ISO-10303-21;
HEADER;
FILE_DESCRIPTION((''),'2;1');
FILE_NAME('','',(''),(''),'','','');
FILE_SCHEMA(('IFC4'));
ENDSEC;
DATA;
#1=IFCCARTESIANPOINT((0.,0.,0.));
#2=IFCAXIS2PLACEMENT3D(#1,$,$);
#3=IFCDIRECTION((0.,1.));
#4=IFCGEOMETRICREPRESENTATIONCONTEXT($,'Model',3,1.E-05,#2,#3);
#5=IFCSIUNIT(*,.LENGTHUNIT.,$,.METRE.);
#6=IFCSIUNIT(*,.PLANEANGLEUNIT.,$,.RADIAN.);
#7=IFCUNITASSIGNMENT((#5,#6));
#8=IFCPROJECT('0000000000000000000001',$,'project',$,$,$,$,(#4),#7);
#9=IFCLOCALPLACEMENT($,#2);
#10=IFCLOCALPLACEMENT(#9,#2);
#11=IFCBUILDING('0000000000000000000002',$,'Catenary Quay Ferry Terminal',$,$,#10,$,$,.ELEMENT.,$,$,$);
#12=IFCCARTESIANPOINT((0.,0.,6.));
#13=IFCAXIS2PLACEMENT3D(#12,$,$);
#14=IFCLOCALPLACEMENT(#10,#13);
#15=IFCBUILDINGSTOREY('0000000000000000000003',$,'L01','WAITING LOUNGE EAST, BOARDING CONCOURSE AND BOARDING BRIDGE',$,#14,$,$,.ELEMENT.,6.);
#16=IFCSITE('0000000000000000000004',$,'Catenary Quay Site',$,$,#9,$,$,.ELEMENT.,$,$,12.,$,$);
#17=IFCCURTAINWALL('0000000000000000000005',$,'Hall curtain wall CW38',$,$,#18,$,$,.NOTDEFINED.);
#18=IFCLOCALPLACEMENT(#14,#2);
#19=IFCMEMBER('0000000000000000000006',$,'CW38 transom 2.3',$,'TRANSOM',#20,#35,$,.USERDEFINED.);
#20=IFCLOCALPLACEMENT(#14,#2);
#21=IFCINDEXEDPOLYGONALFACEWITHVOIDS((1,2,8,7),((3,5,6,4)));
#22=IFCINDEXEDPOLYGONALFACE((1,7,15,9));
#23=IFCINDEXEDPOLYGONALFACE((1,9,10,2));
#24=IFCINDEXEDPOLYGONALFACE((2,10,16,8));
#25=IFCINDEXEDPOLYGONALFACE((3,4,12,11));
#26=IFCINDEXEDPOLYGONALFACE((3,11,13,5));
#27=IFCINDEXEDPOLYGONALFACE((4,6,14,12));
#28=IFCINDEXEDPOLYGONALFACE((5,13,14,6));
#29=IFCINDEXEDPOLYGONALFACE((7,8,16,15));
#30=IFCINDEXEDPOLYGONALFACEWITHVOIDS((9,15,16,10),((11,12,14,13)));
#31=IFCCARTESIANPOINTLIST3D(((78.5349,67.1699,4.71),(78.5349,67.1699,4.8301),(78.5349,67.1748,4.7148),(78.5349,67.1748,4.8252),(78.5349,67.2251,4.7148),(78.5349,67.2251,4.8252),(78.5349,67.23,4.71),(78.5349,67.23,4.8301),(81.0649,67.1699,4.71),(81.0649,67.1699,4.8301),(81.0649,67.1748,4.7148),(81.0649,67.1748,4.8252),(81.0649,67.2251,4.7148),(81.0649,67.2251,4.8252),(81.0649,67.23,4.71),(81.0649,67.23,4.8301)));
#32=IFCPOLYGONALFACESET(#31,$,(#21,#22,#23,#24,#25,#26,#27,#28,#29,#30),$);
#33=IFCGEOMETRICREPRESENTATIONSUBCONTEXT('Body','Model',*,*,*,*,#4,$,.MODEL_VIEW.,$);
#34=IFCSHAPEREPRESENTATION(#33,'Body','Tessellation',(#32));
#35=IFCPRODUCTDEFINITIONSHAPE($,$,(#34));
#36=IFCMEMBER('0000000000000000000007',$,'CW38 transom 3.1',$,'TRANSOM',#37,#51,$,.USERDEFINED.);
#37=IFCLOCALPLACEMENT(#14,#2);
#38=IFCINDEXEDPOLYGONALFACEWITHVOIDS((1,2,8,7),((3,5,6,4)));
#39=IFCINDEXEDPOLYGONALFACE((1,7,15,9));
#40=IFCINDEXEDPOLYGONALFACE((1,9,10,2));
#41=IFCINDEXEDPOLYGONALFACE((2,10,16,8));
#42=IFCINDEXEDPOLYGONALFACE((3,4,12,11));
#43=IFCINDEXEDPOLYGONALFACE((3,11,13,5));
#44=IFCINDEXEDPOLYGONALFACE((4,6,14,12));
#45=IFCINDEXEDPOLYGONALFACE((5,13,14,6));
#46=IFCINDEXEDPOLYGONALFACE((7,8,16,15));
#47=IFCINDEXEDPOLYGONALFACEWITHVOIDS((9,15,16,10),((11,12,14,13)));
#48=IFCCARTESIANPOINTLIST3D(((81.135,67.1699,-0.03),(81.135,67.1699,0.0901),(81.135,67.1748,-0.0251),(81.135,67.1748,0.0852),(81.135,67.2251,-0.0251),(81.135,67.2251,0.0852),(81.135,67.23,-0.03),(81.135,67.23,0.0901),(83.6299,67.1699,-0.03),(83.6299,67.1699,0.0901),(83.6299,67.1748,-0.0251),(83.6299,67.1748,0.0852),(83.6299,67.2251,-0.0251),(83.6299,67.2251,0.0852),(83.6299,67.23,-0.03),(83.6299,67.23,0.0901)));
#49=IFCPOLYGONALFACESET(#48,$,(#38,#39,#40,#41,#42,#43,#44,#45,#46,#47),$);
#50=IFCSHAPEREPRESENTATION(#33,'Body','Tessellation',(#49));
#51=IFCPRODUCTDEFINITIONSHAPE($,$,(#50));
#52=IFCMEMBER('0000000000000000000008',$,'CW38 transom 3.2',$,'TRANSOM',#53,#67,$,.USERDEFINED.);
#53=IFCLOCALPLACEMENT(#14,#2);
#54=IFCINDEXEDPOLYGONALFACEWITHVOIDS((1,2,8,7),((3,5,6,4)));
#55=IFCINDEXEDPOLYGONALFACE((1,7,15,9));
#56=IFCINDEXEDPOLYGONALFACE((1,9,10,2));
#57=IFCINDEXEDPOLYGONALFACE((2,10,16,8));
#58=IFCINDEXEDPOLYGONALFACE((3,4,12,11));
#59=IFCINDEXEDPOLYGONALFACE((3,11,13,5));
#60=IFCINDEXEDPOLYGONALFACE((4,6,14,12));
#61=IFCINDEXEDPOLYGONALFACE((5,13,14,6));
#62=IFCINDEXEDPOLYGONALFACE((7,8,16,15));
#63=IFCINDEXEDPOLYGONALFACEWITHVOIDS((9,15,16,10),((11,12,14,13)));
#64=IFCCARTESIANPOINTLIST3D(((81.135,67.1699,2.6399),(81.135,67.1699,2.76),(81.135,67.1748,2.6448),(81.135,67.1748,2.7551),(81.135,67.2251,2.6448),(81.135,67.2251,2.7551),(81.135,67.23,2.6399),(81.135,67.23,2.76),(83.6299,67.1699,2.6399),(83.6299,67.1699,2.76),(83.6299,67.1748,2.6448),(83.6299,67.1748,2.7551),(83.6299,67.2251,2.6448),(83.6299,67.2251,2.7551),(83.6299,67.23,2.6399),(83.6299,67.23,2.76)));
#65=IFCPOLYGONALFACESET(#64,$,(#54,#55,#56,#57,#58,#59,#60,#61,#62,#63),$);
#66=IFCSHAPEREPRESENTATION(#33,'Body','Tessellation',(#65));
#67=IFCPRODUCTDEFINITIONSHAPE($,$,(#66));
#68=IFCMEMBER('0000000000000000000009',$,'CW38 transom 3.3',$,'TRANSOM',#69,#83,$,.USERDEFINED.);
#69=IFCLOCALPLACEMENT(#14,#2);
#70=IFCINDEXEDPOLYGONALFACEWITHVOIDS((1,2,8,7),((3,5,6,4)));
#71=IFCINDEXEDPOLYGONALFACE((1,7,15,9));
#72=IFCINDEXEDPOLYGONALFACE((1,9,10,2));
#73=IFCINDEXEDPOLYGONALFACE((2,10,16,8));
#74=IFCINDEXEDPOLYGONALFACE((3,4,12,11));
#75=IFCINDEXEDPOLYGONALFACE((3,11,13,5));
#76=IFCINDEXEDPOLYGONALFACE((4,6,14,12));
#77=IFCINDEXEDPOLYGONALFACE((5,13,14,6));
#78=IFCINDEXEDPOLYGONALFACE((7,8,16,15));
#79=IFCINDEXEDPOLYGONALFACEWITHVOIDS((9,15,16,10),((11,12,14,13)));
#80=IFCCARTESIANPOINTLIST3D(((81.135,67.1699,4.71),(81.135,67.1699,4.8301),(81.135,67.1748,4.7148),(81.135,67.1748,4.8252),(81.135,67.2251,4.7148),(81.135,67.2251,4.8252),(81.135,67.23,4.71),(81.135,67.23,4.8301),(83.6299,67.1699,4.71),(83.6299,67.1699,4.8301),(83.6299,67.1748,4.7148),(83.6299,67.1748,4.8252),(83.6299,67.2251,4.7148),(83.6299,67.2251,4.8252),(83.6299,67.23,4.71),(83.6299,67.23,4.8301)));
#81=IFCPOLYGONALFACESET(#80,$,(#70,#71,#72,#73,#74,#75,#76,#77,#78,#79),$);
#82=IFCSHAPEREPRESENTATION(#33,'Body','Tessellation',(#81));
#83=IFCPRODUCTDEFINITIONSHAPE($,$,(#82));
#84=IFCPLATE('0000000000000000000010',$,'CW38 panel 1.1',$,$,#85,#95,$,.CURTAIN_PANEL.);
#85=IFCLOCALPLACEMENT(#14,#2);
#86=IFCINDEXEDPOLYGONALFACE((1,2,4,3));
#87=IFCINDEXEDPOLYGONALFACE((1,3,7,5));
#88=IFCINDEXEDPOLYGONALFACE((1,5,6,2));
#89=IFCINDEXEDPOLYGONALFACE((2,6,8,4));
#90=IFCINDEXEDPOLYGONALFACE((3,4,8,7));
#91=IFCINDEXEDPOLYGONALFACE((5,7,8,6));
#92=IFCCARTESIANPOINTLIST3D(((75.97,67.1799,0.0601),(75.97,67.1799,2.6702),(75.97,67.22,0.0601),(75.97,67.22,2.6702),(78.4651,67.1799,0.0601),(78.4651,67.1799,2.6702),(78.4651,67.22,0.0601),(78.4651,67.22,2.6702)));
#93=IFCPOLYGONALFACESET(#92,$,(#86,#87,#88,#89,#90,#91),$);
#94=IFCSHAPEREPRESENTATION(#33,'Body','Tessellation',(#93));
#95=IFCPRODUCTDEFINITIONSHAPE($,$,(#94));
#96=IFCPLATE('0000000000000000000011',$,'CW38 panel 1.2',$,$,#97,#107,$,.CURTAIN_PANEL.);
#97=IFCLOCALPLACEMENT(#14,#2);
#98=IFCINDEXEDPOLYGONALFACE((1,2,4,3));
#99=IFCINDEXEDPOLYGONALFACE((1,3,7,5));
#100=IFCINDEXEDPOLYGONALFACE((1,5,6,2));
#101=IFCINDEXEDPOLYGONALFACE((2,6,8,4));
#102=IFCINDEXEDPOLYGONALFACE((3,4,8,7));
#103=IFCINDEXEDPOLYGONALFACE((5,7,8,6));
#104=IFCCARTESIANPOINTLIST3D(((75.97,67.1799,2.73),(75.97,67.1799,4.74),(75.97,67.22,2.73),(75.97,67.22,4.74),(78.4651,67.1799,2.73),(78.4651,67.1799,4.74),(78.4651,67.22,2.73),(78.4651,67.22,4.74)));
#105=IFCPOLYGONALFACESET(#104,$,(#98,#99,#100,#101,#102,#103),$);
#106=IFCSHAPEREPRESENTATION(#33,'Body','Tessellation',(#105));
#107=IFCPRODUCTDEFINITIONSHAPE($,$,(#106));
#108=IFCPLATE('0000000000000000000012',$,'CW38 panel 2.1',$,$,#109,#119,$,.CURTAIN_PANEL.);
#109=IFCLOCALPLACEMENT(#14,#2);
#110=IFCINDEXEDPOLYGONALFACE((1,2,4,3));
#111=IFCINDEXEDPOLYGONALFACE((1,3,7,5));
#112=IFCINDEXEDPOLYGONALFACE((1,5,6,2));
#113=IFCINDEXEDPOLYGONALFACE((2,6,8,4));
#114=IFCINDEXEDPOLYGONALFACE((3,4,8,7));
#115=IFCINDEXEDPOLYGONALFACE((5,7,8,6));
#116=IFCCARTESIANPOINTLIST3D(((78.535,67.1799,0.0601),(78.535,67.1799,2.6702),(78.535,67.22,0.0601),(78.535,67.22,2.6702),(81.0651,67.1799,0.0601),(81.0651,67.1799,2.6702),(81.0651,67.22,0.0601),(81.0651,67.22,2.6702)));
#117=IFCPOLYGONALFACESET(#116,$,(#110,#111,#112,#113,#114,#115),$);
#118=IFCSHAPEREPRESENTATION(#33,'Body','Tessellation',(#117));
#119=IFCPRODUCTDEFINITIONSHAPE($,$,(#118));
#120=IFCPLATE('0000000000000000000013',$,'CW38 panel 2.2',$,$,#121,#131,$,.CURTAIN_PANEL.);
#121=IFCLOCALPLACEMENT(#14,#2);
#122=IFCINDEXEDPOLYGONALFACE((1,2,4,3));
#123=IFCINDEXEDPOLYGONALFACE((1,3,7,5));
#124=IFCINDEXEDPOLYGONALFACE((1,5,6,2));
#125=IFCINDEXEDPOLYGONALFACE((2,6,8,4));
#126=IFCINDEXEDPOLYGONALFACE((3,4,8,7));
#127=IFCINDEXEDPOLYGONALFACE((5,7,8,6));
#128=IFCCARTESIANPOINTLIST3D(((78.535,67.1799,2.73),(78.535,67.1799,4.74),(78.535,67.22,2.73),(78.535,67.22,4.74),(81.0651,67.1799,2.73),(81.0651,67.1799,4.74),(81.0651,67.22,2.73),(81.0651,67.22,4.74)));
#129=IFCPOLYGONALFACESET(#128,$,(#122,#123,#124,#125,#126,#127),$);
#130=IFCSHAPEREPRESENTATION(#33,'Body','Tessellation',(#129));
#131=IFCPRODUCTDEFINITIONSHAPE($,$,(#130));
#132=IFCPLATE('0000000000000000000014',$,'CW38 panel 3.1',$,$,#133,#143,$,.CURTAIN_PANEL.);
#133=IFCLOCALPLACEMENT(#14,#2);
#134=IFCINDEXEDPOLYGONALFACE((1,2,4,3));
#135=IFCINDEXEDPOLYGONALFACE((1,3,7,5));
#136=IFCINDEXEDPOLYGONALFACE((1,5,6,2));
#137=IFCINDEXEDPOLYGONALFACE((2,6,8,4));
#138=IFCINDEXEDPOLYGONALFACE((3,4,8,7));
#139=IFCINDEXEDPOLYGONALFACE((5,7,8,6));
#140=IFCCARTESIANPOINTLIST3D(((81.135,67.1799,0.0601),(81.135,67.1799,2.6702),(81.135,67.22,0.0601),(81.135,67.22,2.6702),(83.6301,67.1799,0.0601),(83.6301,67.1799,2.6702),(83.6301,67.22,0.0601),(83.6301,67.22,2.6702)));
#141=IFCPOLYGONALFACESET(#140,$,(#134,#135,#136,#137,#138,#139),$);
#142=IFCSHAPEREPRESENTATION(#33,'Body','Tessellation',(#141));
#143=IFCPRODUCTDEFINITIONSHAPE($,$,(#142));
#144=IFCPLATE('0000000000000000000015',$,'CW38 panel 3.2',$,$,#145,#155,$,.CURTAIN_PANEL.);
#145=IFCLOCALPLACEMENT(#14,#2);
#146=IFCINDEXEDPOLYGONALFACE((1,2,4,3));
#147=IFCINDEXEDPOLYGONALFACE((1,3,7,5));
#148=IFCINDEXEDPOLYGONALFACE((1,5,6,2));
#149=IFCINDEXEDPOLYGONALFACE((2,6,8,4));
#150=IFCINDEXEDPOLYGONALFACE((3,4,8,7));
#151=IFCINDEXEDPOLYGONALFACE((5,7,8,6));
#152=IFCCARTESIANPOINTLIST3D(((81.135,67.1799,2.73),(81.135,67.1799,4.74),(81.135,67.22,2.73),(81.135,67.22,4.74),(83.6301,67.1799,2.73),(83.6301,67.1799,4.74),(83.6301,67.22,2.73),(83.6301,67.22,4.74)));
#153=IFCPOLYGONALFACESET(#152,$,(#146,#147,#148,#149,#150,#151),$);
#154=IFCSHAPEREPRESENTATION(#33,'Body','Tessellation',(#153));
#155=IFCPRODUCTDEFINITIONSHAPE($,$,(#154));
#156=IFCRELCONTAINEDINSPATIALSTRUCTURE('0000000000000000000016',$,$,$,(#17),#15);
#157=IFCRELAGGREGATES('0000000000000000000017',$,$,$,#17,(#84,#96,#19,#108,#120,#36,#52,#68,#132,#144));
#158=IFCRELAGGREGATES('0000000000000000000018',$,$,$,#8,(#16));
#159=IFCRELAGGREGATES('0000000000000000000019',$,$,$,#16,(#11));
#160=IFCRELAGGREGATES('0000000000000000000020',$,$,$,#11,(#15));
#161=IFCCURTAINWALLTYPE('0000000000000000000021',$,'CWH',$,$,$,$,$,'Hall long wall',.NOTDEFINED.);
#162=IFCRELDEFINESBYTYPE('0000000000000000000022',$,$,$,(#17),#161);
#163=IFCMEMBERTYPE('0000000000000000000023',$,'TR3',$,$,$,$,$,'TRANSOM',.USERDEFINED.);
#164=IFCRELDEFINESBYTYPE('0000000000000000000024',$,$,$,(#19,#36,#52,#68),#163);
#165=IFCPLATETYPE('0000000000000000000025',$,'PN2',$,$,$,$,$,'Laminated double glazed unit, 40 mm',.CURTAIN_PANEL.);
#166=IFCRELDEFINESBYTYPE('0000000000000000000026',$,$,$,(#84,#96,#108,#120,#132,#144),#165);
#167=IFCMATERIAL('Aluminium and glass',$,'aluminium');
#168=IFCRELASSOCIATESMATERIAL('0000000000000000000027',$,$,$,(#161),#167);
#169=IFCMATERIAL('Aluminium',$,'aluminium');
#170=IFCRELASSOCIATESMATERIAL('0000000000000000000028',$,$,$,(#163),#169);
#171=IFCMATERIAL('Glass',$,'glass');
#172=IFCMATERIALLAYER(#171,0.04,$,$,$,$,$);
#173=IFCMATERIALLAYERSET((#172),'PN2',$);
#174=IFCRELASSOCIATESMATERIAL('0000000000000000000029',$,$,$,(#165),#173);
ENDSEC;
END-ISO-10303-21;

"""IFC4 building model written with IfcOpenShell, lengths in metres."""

from ifc_helpers import new_model, si_unit, direction, frame, origin, origin_2d, place, context, subcontext, project, spatial, rectangle, hollow_rectangle, extrude, material, layer, layer_set, material_profile, profile_set, type_object, element, aggregate, save


model = new_model("IFC4")

# Units and contexts
model_context = context("Model", 3, precision=1e-05, world=origin(), true_north=direction((0.0, 1.0)))
body_context = subcontext(model_context, "Body", "Model", "MODEL_VIEW")
ifc_project = project(units=[si_unit("LENGTHUNIT", "METRE"), si_unit("PLANEANGLEUNIT", "RADIAN")], contexts=[model_context])

# Site, building, storey
site_placement = place(None, origin())
site = spatial("IfcSite", under=ifc_project, at=site_placement, Name="Catenary Quay Site", CompositionType="ELEMENT", RefElevation=12.0)
building_placement = place(site_placement, origin())
building = spatial("IfcBuilding", under=site, at=building_placement, Name="Catenary Quay Ferry Terminal", CompositionType="ELEMENT")
storey_placement = place(building_placement, frame((0.0, 0.0, 6.0)))
storey = spatial("IfcBuildingStorey", under=building, at=storey_placement, Name="L01", Description="WAITING LOUNGE EAST, BOARDING CONCOURSE AND BOARDING BRIDGE", CompositionType="ELEMENT", Elevation=6.0)

# Curtain wall
ifc_material_1 = material(Name="Aluminium and glass", Category="aluminium")
curtain_wall_type = type_object("IfcCurtainWallType", Name="CWH", ElementType="Hall long wall", PredefinedType="NOTDEFINED", material=ifc_material_1)
curtain_wall_1_placement = place(storey_placement, origin())
curtain_wall_1 = element("IfcCurtainWall", 1, at=curtain_wall_1_placement, inside=storey, type_object=curtain_wall_type, Name="Hall curtain wall CW38", PredefinedType="NOTDEFINED")

# Members
ifc_material_2 = material(Name="Aluminium", Category="aluminium")
ifc_material_profile_1 = material_profile(ifc_material_2, hollow_rectangle(XDim=0.0601, YDim=0.1201, WallThickness=0.0049, at=origin_2d()), Name="TR3")
ifc_profile_set_1 = profile_set([ifc_material_profile_1], Name="Aluminium")
member_type_1 = type_object("IfcMemberType", Name="TR3", ElementType="TRANSOM", PredefinedType="USERDEFINED", material=ifc_profile_set_1)
member_1_placement = place(storey_placement, frame((78.5349, 67.2, 4.77), z_axis=(1.0, 0.0, 0.0), x_axis=(0.0, 1.0, 0.0)))
member_1 = element("IfcMember", 2, at=member_1_placement, type_object=member_type_1, Name="CW38 transom 2.3", ObjectType="TRANSOM", PredefinedType="USERDEFINED", context=body_context, shape_type="SweptSolid", body=[
    extrude(hollow_rectangle(XDim=0.0601, YDim=0.1201, WallThickness=0.0049, at=origin_2d()), origin(), (0.0, 0.0, 1.0), 2.53),
])
member_2_placement = place(storey_placement, frame((81.135, 67.2, 0.03), z_axis=(1.0, 0.0, 0.0), x_axis=(0.0, 1.0, 0.0)))
member_2 = element("IfcMember", 3, at=member_2_placement, type_object=member_type_1, Name="CW38 transom 3.1", ObjectType="TRANSOM", PredefinedType="USERDEFINED", context=body_context, shape_type="SweptSolid", body=[
    extrude(hollow_rectangle(XDim=0.0601, YDim=0.1201, WallThickness=0.0049, at=origin_2d()), origin(), (0.0, 0.0, 1.0), 2.4949),
])
member_3_placement = place(storey_placement, frame((81.135, 67.2, 2.7), z_axis=(1.0, 0.0, 0.0), x_axis=(0.0, 1.0, 0.0)))
member_3 = element("IfcMember", 4, at=member_3_placement, type_object=member_type_1, Name="CW38 transom 3.2", ObjectType="TRANSOM", PredefinedType="USERDEFINED", context=body_context, shape_type="SweptSolid", body=[
    extrude(hollow_rectangle(XDim=0.0601, YDim=0.1201, WallThickness=0.0049, at=origin_2d()), origin(), (0.0, 0.0, 1.0), 2.4949),
])
member_4_placement = place(storey_placement, frame((81.135, 67.2, 4.77), z_axis=(1.0, 0.0, 0.0), x_axis=(0.0, 1.0, 0.0)))
member_4 = element("IfcMember", 5, at=member_4_placement, type_object=member_type_1, Name="CW38 transom 3.3", ObjectType="TRANSOM", PredefinedType="USERDEFINED", context=body_context, shape_type="SweptSolid", body=[
    extrude(hollow_rectangle(XDim=0.0601, YDim=0.1201, WallThickness=0.0049, at=origin_2d()), origin(), (0.0, 0.0, 1.0), 2.4949),
])

# Plates
ifc_material_3 = material(Name="Glass", Category="glass")
ifc_layer = layer(ifc_material_3, 0.04)
ifc_layer_set = layer_set([ifc_layer], Name="PN2")
plate_type = type_object("IfcPlateType", Name="PN2", ElementType="Laminated double glazed unit, 40 mm", PredefinedType="CURTAIN_PANEL", material=ifc_layer_set)
plate_1_placement = place(storey_placement, frame((77.2175, 67.2, 0.0601), z_axis=(0.0, 0.0, 1.0), x_axis=(1.0, 0.0, 0.0)))
plate_1 = element("IfcPlate", 6, at=plate_1_placement, type_object=plate_type, Name="CW38 panel 1.1", PredefinedType="CURTAIN_PANEL", context=body_context, shape_type="SweptSolid", body=[
    extrude(rectangle(XDim=2.4951, YDim=0.04, at=origin_2d()), origin(), (0.0, 0.0, 1.0), 2.6101),
])
plate_2_placement = place(storey_placement, frame((77.2175, 67.2, 2.73), z_axis=(0.0, 0.0, 1.0), x_axis=(1.0, 0.0, 0.0)))
plate_2 = element("IfcPlate", 7, at=plate_2_placement, type_object=plate_type, Name="CW38 panel 1.2", PredefinedType="CURTAIN_PANEL", context=body_context, shape_type="SweptSolid", body=[
    extrude(rectangle(XDim=2.4951, YDim=0.04, at=origin_2d()), origin(), (0.0, 0.0, 1.0), 2.01),
])
plate_3_placement = place(storey_placement, frame((79.8, 67.2, 0.0601), z_axis=(0.0, 0.0, 1.0), x_axis=(1.0, 0.0, 0.0)))
plate_3 = element("IfcPlate", 8, at=plate_3_placement, type_object=plate_type, Name="CW38 panel 2.1", PredefinedType="CURTAIN_PANEL", context=body_context, shape_type="SweptSolid", body=[
    extrude(rectangle(XDim=2.53, YDim=0.04, at=origin_2d()), origin(), (0.0, 0.0, 1.0), 2.6101),
])
plate_4_placement = place(storey_placement, frame((79.8, 67.2, 2.73), z_axis=(0.0, 0.0, 1.0), x_axis=(1.0, 0.0, 0.0)))
plate_4 = element("IfcPlate", 9, at=plate_4_placement, type_object=plate_type, Name="CW38 panel 2.2", PredefinedType="CURTAIN_PANEL", context=body_context, shape_type="SweptSolid", body=[
    extrude(rectangle(XDim=2.53, YDim=0.04, at=origin_2d()), origin(), (0.0, 0.0, 1.0), 2.01),
])
plate_5_placement = place(storey_placement, frame((82.3826, 67.2, 0.0601), z_axis=(0.0, 0.0, 1.0), x_axis=(1.0, 0.0, 0.0)))
plate_5 = element("IfcPlate", 10, at=plate_5_placement, type_object=plate_type, Name="CW38 panel 3.1", PredefinedType="CURTAIN_PANEL", context=body_context, shape_type="SweptSolid", body=[
    extrude(rectangle(XDim=2.4951, YDim=0.04, at=origin_2d()), origin(), (0.0, 0.0, 1.0), 2.6101),
])
plate_6_placement = place(storey_placement, frame((82.3826, 67.2, 2.73), z_axis=(0.0, 0.0, 1.0), x_axis=(1.0, 0.0, 0.0)))
plate_6 = element("IfcPlate", 11, at=plate_6_placement, type_object=plate_type, Name="CW38 panel 3.2", PredefinedType="CURTAIN_PANEL", context=body_context, shape_type="SweptSolid", body=[
    extrude(rectangle(XDim=2.4951, YDim=0.04, at=origin_2d()), origin(), (0.0, 0.0, 1.0), 2.01),
])
aggregate(curtain_wall_1, [plate_1, plate_2, member_1, plate_3, plate_4, member_2, member_3, member_4, plate_5, plate_6])

save(model, "model.ifc")
